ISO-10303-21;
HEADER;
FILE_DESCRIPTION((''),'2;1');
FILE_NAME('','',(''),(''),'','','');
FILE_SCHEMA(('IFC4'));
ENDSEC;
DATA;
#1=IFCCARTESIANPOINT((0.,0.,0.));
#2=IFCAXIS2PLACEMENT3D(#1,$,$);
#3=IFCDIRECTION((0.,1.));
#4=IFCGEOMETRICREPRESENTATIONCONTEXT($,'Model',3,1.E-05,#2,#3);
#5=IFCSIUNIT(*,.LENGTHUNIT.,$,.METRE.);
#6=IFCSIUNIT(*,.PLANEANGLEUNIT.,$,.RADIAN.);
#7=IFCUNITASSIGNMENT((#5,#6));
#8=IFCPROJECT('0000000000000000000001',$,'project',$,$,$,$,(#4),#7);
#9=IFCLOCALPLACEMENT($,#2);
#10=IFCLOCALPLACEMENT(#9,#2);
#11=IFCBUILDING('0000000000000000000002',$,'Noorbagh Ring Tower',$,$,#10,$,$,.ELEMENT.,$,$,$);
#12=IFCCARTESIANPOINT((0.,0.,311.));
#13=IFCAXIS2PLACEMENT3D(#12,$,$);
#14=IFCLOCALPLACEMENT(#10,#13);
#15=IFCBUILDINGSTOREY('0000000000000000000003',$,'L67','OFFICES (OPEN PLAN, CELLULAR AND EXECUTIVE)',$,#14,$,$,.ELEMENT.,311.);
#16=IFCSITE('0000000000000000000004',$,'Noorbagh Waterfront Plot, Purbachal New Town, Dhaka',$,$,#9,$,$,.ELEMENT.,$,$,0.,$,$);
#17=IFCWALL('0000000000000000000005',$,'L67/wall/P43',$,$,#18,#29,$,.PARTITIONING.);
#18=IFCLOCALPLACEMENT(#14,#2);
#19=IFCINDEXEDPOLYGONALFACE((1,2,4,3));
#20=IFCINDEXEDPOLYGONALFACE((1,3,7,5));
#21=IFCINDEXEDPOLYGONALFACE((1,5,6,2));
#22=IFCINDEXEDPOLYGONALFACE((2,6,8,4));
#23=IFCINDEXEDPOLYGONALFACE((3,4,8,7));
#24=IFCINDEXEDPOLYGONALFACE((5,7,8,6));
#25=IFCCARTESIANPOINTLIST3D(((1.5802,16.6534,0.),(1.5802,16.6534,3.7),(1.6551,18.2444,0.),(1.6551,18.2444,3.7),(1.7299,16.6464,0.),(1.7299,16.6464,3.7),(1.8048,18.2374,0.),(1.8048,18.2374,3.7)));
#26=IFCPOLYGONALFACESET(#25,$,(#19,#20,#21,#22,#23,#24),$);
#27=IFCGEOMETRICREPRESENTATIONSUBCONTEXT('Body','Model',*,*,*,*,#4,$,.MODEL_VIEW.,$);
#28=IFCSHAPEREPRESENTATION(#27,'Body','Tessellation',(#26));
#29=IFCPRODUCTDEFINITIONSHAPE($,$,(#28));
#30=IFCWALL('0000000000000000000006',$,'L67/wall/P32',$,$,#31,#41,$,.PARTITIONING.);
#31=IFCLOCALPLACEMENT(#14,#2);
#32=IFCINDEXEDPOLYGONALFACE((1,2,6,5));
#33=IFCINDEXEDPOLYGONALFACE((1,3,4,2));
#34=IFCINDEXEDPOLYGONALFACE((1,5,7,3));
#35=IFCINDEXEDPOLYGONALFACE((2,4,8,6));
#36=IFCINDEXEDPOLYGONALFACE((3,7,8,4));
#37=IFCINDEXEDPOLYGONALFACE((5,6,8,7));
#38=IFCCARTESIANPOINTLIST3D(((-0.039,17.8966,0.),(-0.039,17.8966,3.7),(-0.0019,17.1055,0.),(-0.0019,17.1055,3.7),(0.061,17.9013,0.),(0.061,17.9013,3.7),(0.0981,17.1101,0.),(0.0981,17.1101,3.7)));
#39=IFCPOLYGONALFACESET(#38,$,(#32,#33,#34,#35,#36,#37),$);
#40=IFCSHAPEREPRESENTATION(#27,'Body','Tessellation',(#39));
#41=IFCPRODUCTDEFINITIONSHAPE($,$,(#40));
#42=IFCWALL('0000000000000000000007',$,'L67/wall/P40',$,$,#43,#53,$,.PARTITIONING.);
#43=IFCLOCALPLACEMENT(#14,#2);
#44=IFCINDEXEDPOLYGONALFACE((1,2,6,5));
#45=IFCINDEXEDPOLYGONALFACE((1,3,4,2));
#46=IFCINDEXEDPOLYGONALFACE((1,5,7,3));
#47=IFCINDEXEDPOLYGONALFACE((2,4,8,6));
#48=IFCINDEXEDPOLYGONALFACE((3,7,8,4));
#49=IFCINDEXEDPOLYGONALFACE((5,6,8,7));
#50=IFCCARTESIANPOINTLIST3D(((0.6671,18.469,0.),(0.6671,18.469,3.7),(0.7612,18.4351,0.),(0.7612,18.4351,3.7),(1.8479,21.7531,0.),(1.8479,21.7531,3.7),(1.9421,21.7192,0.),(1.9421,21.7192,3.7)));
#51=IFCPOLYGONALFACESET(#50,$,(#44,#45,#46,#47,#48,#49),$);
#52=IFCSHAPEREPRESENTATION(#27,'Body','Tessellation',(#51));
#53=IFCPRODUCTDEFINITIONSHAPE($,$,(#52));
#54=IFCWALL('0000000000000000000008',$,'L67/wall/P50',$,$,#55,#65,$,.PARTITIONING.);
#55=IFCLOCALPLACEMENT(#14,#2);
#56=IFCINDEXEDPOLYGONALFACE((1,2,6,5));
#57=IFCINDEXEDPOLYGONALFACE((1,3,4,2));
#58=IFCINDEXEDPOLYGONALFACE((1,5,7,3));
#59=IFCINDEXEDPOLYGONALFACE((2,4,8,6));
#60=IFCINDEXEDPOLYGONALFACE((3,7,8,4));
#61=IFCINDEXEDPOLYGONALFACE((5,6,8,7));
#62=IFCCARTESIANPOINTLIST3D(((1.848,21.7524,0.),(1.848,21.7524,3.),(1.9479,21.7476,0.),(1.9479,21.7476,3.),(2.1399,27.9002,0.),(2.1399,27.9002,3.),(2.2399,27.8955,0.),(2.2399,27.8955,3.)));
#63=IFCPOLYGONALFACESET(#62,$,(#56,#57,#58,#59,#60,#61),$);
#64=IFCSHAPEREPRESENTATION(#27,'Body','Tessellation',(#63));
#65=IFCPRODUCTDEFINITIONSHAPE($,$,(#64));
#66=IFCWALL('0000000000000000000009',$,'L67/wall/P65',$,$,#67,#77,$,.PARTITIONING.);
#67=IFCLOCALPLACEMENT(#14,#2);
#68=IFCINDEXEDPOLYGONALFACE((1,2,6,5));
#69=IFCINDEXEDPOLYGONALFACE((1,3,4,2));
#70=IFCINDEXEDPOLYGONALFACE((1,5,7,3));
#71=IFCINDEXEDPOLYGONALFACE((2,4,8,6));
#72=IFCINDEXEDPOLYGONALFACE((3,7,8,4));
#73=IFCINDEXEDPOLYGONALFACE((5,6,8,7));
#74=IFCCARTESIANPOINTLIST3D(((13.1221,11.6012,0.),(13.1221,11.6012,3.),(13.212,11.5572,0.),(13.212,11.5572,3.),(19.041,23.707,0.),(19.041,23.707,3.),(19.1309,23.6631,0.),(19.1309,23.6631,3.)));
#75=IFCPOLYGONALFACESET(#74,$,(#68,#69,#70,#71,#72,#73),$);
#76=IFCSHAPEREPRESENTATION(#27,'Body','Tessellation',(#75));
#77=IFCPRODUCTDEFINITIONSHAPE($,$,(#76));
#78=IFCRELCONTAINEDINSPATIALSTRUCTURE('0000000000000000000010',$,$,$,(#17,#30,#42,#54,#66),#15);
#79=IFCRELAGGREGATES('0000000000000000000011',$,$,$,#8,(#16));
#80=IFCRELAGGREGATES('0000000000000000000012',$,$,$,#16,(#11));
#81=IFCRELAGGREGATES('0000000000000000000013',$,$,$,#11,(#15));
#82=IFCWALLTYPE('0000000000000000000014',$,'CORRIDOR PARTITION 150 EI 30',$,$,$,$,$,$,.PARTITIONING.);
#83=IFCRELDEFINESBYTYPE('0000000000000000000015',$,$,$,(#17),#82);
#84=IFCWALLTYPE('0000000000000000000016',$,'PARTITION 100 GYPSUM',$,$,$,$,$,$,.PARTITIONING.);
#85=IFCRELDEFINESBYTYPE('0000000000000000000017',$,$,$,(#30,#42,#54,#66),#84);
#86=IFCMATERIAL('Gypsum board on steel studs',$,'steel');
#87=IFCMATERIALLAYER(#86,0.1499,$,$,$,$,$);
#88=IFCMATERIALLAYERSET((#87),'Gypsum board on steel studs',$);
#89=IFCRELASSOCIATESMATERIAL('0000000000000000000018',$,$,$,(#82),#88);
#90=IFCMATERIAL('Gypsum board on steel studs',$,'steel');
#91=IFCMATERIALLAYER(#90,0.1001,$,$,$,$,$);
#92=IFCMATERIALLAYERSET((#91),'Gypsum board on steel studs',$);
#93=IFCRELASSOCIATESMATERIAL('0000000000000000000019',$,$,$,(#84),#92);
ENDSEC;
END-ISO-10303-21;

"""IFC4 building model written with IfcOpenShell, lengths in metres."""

from ifc_helpers import new_model, si_unit, direction, frame, frame_2d, origin, place, context, subcontext, project, spatial, rectangle, extrude, material, layer, layer_set, type_object, element, save


model = new_model("IFC4")

# Units and contexts
model_context = context("Model", 3, precision=1e-05, world=origin(), true_north=direction((0.0, 1.0)))
body_context = subcontext(model_context, "Body", "Model", "MODEL_VIEW")
ifc_project = project(units=[si_unit("LENGTHUNIT", "METRE"), si_unit("PLANEANGLEUNIT", "RADIAN")], contexts=[model_context])

# Site, building, storey
site_placement = place(None, origin())
site = spatial("IfcSite", under=ifc_project, at=site_placement, Name="Noorbagh Waterfront Plot, Purbachal New Town, Dhaka", CompositionType="ELEMENT", RefElevation=0.0)
building_placement = place(site_placement, origin())
building = spatial("IfcBuilding", under=site, at=building_placement, Name="Noorbagh Ring Tower", CompositionType="ELEMENT")
storey_placement = place(building_placement, frame((0.0, 0.0, 311.0)))
storey = spatial("IfcBuildingStorey", under=building, at=storey_placement, Name="L67", Description="OFFICES (OPEN PLAN, CELLULAR AND EXECUTIVE)", CompositionType="ELEMENT", Elevation=311.0)

# Walls
ifc_material_1 = material(Name="Gypsum board on steel studs", Category="steel")
ifc_layer_1 = layer(ifc_material_1, 0.1499)
ifc_layer_set_1 = layer_set([ifc_layer_1], Name="Gypsum board on steel studs")
wall_type_1 = type_object("IfcWallType", Name="CORRIDOR PARTITION 150 EI 30", PredefinedType="PARTITIONING", material=ifc_layer_set_1)
wall_1_placement = place(storey_placement, frame((1.655, 16.6499, 0.0), z_axis=(0.0, 0.0, 1.0), x_axis=(0.047055, 0.998892, 0.0)))
element("IfcWall", 1, at=wall_1_placement, inside=storey, type_object=wall_type_1, Name="L67/wall/P43", PredefinedType="PARTITIONING", context=body_context, shape_type="SweptSolid", body=[
    extrude(rectangle(XDim=1.5928, YDim=0.1499, at=frame_2d((0.7964, 0.0))), origin(), (0.0, 0.0, 1.0), 3.7),
])
ifc_material_2 = material(Name="Gypsum board on steel studs", Category="steel")
ifc_layer_2 = layer(ifc_material_2, 0.1001)
ifc_layer_set_2 = layer_set([ifc_layer_2], Name="Gypsum board on steel studs")
wall_type_2 = type_object("IfcWallType", Name="PARTITION 100 GYPSUM", PredefinedType="PARTITIONING", material=ifc_layer_set_2)
wall_2_placement = place(storey_placement, frame((0.011, 17.8989, 0.0), z_axis=(0.0, 0.0, 1.0), x_axis=(0.046862, -0.998901, 0.0)))
element("IfcWall", 2, at=wall_2_placement, inside=storey, type_object=wall_type_2, Name="L67/wall/P32", PredefinedType="PARTITIONING", context=body_context, shape_type="SweptSolid", body=[
    extrude(rectangle(XDim=0.792, YDim=0.1001, at=frame_2d((0.396, 0.0))), origin(), (0.0, 0.0, 1.0), 3.7),
])
wall_3_placement = place(storey_placement, frame((0.7141, 18.4519, 0.0), z_axis=(0.0, 0.0, 1.0), x_axis=(0.338365, 0.941015, 0.0)))
element("IfcWall", 3, at=wall_3_placement, inside=storey, type_object=wall_type_2, Name="L67/wall/P40", PredefinedType="PARTITIONING", context=body_context, shape_type="SweptSolid", body=[
    extrude(rectangle(XDim=3.49, YDim=0.1001, at=frame_2d((1.7451, 0.0))), origin(), (0.0, 0.0, 1.0), 3.7),
])
wall_4_placement = place(storey_placement, frame((1.8979, 21.75, 0.0), z_axis=(0.0, 0.0, 1.0), x_axis=(0.047441, 0.998874, 0.0)))
element("IfcWall", 4, at=wall_4_placement, inside=storey, type_object=wall_type_2, Name="L67/wall/P50", PredefinedType="PARTITIONING", context=body_context, shape_type="SweptSolid", body=[
    extrude(rectangle(XDim=6.1548, YDim=0.1001, at=frame_2d((3.0774, 0.0))), origin(), (0.0, 0.0, 1.0), 3.0),
])
wall_5_placement = place(storey_placement, frame((13.167, 11.5791, 0.0), z_axis=(0.0, 0.0, 1.0), x_axis=(0.439239, 0.89837, 0.0)))
element("IfcWall", 5, at=wall_5_placement, inside=storey, type_object=wall_type_2, Name="L67/wall/P65", PredefinedType="PARTITIONING", context=body_context, shape_type="SweptSolid", body=[
    extrude(rectangle(XDim=13.4753, YDim=0.1001, at=frame_2d((6.7378, 0.0))), origin(), (0.0, 0.0, 1.0), 3.0),
])

save(model, "model.ifc")
